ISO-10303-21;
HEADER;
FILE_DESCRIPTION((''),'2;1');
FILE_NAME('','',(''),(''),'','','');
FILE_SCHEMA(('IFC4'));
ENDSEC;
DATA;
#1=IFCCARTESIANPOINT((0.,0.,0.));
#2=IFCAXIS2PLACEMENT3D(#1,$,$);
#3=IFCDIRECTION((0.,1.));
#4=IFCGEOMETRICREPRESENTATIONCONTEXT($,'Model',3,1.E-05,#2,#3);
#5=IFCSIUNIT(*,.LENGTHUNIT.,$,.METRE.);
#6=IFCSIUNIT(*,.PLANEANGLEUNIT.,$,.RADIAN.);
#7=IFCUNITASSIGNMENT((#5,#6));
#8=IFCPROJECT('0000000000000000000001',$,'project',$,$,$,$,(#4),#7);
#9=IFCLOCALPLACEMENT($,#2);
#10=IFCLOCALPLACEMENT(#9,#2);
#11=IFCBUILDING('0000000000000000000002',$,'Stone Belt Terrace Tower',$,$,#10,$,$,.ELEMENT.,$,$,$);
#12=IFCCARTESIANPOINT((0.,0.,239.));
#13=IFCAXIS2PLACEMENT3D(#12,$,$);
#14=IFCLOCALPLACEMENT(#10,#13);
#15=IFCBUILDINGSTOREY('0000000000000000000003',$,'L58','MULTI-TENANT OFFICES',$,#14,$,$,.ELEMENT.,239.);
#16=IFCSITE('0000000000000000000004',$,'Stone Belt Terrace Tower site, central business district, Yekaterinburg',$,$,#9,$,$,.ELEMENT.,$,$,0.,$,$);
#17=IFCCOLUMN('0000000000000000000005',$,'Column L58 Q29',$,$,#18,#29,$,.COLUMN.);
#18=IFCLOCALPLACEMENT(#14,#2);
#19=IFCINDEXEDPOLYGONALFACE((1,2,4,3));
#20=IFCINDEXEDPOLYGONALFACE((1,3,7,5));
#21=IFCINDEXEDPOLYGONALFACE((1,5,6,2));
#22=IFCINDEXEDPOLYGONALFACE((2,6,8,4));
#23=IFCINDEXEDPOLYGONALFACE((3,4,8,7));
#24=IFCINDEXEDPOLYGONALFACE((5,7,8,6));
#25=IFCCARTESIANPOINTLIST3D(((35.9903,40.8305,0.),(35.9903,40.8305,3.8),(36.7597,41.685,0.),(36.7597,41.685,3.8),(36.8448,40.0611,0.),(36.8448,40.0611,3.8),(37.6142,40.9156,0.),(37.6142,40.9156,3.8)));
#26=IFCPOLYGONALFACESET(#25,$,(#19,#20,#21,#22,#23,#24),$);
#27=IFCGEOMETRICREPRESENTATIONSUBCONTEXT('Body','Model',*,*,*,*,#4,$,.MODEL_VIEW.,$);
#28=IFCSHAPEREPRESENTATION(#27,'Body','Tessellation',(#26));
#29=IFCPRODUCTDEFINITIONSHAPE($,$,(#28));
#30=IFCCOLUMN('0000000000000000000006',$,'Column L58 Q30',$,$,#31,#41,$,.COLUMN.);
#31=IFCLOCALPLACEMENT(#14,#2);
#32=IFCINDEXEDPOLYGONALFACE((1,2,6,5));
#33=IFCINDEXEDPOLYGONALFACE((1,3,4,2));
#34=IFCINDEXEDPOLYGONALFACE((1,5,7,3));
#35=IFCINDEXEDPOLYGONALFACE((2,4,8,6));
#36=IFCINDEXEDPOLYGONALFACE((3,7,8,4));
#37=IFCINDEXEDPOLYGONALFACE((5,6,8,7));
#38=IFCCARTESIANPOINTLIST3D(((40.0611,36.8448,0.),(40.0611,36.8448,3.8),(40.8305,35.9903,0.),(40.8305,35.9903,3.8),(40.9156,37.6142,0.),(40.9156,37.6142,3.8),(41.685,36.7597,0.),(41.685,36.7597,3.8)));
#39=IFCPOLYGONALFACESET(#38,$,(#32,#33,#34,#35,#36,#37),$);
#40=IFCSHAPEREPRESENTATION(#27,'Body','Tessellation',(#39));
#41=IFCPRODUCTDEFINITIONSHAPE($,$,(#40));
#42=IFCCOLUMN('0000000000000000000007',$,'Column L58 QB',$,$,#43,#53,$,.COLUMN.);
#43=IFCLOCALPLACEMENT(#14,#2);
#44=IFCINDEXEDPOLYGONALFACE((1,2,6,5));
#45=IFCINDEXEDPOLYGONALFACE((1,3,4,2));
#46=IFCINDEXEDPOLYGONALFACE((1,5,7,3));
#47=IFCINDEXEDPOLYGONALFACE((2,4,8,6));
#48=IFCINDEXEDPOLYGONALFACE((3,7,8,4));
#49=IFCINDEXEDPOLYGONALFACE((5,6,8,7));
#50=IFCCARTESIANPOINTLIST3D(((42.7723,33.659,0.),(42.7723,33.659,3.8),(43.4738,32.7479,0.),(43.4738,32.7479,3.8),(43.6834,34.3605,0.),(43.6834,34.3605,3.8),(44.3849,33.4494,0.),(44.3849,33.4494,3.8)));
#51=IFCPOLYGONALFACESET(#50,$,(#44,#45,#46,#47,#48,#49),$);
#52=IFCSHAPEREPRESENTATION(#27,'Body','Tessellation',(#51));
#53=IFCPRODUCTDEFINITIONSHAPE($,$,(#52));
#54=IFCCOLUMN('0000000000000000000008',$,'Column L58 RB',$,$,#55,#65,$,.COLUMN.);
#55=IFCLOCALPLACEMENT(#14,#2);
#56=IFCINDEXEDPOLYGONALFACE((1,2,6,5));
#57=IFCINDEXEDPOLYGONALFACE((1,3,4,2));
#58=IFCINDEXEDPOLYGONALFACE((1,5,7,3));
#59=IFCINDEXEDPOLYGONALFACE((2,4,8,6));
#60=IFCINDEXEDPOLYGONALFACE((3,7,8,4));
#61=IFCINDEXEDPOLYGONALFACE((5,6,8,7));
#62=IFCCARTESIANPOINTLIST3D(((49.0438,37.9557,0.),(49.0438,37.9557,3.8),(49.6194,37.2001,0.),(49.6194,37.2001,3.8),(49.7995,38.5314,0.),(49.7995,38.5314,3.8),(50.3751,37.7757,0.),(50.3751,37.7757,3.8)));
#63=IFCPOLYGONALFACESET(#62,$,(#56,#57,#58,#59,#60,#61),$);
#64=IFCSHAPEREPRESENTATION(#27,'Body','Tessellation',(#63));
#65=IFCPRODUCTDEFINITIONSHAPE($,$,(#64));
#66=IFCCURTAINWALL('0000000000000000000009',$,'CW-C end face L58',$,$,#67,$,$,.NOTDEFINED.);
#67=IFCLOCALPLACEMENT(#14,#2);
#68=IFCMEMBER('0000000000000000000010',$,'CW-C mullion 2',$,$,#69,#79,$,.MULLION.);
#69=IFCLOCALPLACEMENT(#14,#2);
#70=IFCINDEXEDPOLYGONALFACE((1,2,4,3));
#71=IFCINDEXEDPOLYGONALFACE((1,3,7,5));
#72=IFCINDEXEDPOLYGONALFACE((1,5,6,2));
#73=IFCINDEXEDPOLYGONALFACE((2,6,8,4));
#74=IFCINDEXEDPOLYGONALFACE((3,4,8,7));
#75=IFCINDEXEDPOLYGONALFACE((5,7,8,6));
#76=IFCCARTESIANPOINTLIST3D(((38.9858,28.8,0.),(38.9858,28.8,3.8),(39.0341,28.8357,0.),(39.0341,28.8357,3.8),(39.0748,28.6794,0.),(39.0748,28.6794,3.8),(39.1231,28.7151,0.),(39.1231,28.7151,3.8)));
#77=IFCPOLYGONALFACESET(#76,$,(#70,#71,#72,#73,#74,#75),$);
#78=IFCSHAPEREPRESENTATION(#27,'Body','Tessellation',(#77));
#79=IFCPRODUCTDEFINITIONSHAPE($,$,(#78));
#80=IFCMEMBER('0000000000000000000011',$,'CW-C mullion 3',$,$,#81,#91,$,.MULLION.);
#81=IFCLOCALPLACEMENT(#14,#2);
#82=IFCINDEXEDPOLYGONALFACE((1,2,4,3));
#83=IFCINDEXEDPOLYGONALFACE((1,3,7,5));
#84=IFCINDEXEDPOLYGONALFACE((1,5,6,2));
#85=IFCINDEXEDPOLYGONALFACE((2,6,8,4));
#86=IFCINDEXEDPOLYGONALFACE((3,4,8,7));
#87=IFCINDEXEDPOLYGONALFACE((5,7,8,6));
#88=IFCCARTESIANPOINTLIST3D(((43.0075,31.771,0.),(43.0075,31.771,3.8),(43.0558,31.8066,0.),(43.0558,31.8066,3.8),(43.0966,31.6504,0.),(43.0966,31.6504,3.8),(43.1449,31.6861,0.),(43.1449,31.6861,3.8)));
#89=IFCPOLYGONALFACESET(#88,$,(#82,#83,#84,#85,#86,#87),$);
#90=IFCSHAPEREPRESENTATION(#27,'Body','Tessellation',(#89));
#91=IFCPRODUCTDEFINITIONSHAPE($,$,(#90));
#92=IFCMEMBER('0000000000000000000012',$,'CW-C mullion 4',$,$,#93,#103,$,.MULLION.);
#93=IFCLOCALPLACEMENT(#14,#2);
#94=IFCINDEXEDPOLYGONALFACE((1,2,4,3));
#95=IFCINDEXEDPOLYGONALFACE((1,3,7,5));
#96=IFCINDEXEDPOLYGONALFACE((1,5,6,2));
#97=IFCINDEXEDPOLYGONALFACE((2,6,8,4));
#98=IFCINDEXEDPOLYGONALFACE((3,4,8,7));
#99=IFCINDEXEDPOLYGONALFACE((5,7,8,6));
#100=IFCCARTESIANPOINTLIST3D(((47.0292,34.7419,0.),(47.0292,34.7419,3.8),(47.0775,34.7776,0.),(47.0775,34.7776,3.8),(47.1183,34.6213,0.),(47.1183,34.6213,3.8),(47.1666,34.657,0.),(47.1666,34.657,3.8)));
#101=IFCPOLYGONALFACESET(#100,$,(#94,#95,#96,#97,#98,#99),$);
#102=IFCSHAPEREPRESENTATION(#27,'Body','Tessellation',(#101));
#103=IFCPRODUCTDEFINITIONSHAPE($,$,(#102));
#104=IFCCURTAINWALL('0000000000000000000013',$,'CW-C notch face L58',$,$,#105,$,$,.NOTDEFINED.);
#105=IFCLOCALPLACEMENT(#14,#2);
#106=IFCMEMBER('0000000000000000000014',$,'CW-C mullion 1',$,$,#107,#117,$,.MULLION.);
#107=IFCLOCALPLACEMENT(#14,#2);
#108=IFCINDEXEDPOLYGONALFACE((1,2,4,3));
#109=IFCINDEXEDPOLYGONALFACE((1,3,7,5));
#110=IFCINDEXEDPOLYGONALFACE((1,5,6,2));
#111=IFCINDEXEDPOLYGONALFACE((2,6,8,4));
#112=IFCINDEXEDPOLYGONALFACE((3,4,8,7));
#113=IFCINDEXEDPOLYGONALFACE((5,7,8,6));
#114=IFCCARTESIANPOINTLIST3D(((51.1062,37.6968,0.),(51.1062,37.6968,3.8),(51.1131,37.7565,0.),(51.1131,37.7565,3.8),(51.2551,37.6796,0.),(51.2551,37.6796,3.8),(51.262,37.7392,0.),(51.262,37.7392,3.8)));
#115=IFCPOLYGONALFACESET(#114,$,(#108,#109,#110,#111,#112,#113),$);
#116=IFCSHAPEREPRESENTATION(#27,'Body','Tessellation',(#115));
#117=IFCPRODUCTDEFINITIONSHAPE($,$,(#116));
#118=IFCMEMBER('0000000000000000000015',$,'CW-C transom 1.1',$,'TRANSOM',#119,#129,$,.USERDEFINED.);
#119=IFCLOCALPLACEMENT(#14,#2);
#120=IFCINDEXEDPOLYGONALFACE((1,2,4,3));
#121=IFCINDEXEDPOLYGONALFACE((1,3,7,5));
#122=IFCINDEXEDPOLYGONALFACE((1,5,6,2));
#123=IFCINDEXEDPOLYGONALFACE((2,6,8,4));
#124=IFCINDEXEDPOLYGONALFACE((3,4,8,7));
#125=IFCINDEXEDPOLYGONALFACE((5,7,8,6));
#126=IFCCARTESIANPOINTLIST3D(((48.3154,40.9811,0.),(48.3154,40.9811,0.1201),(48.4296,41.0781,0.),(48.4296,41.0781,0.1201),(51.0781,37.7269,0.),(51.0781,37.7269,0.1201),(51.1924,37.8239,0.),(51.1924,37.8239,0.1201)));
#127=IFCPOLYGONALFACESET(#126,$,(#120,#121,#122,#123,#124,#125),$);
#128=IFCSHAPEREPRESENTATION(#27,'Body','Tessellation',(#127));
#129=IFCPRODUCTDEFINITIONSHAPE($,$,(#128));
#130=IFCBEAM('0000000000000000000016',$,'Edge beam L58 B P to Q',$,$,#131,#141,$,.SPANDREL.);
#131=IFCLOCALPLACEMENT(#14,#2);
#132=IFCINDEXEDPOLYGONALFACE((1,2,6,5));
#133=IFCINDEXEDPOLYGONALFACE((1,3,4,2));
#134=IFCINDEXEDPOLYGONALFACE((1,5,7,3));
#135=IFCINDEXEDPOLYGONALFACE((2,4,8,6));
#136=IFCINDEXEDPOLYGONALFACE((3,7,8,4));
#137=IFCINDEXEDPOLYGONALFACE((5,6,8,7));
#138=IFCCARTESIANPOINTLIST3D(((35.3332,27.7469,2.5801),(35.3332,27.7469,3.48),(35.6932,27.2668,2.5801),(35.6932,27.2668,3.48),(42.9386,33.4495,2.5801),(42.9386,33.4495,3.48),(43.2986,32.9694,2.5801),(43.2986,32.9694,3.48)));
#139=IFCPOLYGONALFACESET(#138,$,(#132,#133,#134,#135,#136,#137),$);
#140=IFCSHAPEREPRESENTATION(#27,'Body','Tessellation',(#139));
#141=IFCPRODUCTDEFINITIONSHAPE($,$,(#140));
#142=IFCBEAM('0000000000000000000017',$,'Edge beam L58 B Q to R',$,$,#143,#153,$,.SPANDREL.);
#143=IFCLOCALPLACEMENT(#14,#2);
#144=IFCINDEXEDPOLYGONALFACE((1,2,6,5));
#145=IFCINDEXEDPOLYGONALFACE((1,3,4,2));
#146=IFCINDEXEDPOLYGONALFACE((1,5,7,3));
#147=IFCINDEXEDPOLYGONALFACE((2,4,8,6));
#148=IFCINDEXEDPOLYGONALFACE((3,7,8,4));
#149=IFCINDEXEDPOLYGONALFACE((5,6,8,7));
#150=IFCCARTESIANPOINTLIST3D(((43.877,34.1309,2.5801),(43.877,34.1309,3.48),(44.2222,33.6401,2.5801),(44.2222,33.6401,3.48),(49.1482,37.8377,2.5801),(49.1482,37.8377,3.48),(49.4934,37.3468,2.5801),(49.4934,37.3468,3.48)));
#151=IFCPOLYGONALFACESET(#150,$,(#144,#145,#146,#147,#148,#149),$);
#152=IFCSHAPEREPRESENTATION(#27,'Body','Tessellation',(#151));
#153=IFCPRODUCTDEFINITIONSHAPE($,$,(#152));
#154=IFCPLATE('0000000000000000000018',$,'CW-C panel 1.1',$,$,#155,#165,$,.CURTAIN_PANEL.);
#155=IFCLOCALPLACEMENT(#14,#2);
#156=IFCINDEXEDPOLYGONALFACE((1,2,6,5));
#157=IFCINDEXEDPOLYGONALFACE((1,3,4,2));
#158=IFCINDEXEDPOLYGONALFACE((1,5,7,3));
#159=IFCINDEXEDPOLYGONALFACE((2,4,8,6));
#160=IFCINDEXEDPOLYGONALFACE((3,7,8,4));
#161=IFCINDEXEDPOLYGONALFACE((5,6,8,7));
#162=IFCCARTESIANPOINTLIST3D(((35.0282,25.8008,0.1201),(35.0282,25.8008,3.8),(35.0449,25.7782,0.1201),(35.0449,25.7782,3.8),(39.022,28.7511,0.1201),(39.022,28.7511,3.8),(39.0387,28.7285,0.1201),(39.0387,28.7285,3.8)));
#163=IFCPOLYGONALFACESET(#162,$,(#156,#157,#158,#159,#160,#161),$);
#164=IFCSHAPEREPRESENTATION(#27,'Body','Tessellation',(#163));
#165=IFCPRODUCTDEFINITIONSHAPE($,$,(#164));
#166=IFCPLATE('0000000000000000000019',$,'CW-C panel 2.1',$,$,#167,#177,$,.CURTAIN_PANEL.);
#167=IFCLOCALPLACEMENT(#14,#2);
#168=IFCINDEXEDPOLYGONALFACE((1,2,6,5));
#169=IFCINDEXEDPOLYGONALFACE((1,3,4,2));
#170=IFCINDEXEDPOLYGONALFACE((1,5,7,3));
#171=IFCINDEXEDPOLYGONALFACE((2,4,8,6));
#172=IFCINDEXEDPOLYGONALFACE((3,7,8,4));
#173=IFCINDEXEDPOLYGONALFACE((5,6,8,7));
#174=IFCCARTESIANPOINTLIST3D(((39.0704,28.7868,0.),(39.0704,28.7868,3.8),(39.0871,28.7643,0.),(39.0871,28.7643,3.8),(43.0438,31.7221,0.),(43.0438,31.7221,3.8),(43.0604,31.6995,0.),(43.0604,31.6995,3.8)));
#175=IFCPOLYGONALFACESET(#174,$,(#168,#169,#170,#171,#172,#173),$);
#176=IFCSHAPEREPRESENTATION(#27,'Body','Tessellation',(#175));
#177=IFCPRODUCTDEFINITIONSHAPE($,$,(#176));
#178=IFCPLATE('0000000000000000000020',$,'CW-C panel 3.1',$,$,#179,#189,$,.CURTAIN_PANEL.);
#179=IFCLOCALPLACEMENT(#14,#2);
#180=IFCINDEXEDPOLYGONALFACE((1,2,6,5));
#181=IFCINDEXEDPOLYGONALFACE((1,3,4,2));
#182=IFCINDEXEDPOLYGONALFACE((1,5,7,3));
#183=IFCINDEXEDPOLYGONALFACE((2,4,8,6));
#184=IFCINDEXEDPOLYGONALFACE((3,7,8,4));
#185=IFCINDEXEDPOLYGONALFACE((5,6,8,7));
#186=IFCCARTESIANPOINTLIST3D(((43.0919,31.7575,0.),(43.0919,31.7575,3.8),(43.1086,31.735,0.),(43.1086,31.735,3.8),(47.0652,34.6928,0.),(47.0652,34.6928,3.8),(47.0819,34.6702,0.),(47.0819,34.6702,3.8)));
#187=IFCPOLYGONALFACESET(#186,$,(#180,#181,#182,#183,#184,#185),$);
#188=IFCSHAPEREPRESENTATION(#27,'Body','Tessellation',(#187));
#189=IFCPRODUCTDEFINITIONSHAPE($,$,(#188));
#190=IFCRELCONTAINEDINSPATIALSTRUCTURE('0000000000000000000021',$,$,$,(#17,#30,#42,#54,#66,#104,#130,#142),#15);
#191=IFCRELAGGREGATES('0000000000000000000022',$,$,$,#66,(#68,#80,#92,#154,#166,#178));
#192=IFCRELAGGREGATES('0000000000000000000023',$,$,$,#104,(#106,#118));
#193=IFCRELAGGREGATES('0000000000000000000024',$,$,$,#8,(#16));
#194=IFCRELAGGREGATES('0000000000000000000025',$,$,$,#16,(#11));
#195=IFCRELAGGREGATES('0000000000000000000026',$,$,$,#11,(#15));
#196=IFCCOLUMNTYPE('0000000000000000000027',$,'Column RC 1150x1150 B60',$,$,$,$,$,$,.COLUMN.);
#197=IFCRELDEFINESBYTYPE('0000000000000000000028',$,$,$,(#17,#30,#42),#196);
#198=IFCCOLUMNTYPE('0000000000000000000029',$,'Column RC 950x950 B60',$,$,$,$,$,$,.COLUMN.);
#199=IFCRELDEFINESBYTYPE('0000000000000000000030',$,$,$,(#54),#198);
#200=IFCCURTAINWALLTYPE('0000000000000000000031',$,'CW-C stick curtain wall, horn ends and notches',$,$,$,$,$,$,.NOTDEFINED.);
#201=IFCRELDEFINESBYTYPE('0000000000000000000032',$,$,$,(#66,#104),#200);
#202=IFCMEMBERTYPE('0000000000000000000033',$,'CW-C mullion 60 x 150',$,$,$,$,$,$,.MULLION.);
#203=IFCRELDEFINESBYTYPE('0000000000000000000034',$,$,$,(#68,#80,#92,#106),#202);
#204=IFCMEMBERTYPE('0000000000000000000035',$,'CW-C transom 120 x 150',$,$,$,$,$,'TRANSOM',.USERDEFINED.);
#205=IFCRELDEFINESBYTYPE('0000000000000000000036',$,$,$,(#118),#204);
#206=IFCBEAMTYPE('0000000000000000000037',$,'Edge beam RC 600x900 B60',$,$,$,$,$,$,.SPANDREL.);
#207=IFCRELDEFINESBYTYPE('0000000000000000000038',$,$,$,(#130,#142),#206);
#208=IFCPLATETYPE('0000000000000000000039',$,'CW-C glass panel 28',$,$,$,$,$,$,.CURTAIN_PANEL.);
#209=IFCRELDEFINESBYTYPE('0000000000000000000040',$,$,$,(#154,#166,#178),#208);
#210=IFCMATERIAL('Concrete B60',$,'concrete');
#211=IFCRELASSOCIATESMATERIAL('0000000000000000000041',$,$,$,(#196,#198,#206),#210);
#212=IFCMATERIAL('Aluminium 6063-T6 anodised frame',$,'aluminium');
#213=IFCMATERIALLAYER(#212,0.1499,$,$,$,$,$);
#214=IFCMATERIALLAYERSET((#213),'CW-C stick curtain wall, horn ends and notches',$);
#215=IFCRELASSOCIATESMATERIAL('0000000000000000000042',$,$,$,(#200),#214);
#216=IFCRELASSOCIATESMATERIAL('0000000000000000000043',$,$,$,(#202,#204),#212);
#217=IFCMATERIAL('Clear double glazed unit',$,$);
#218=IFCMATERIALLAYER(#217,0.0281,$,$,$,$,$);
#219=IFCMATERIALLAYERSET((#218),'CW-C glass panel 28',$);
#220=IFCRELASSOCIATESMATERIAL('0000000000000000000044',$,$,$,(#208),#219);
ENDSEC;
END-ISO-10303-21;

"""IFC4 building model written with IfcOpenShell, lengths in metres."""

from ifc_helpers import new_model, si_unit, direction, frame, origin, origin_2d, place, context, subcontext, project, spatial, rectangle, extrude, material, layer, layer_set, material_profile, profile_set, type_object, element, aggregate, save


model = new_model("IFC4")

# Units and contexts
model_context = context("Model", 3, precision=1e-05, world=origin(), true_north=direction((0.0, 1.0)))
body_context = subcontext(model_context, "Body", "Model", "MODEL_VIEW")
ifc_project = project(units=[si_unit("LENGTHUNIT", "METRE"), si_unit("PLANEANGLEUNIT", "RADIAN")], contexts=[model_context])

# Site, building, storey
site_placement = place(None, origin())
site = spatial("IfcSite", under=ifc_project, at=site_placement, Name="Stone Belt Terrace Tower site, central business district, Yekaterinburg", CompositionType="ELEMENT", RefElevation=0.0)
building_placement = place(site_placement, origin())
building = spatial("IfcBuilding", under=site, at=building_placement, Name="Stone Belt Terrace Tower", CompositionType="ELEMENT")
storey_placement = place(building_placement, frame((0.0, 0.0, 239.0)))
storey = spatial("IfcBuildingStorey", under=building, at=storey_placement, Name="L58", Description="MULTI-TENANT OFFICES", CompositionType="ELEMENT", Elevation=239.0)

# Columns
ifc_material_1 = material(Name="Concrete B60", Category="concrete")
ifc_material_profile_1 = material_profile(ifc_material_1, rectangle(XDim=1.1499, YDim=1.1499, at=origin_2d()), Name="RC 1150x1150")
ifc_profile_set_1 = profile_set([ifc_material_profile_1], Name="Concrete B60")
column_type_1 = type_object("IfcColumnType", Name="Column RC 1150x1150 B60", PredefinedType="COLUMN", material=ifc_profile_set_1)
for number, where, z_axis, x_axis, name in (
    (1, (36.8022, 40.873, 0.0), (0.0, 0.0, 1.0), (0.743145, -0.669131, 0.0), "Column L58 Q29"),
    (2, (40.873, 36.8022, 0.0), (0.0, 0.0, 1.0), (0.669131, -0.743145, 0.0), "Column L58 Q30"),
    (3, (43.5786, 33.5542, 0.0), (0.0, 0.0, 1.0), (0.610079, -0.792341, 0.0), "Column L58 QB"),
):
    element("IfcColumn", number, at=place(storey_placement, frame(where, z_axis=z_axis, x_axis=x_axis)), inside=storey, type_object=column_type_1, Name=name, PredefinedType="COLUMN", context=body_context, shape_type="SweptSolid", body=[
        extrude(rectangle(XDim=1.1499, YDim=1.1499, at=origin_2d()), origin(), (0.0, 0.0, 1.0), 3.8),
    ])
ifc_material_profile_2 = material_profile(ifc_material_1, rectangle(XDim=0.95, YDim=0.95, at=origin_2d()), Name="RC 950x950")
ifc_profile_set_2 = profile_set([ifc_material_profile_2], Name="Concrete B60")
column_type_2 = type_object("IfcColumnType", Name="Column RC 950x950 B60", PredefinedType="COLUMN", material=ifc_profile_set_2)
column_placement = place(storey_placement, frame((49.7095, 37.8657, 0.0), z_axis=(0.0, 0.0, 1.0), x_axis=(0.605961, -0.795495, 0.0)))
element("IfcColumn", 4, at=column_placement, inside=storey, type_object=column_type_2, Name="Column L58 RB", PredefinedType="COLUMN", context=body_context, shape_type="SweptSolid", body=[
    extrude(rectangle(XDim=0.95, YDim=0.95, at=origin_2d()), origin(), (0.0, 0.0, 1.0), 3.8),
])

# Curtain walls, members
ifc_material_2 = material(Name="Aluminium 6063-T6 anodised frame", Category="aluminium")
ifc_layer_1 = layer(ifc_material_2, 0.1499)
ifc_layer_set_1 = layer_set([ifc_layer_1], Name="CW-C stick curtain wall, horn ends and notches")
curtain_wall_type = type_object("IfcCurtainWallType", Name="CW-C stick curtain wall, horn ends and notches", PredefinedType="NOTDEFINED", material=ifc_layer_set_1)
curtain_wall_1_placement = place(storey_placement, origin())
curtain_wall_1 = element("IfcCurtainWall", 5, at=curtain_wall_1_placement, inside=storey, type_object=curtain_wall_type, Name="CW-C end face L58", PredefinedType="NOTDEFINED")
ifc_material_profile_3 = material_profile(ifc_material_2, rectangle(XDim=0.1499, YDim=0.0601, at=origin_2d()), Name="Aluminium 6063-T6 60x150")
ifc_profile_set_3 = profile_set([ifc_material_profile_3], Name="Aluminium 6063-T6 anodised frame")
member_type_1 = type_object("IfcMemberType", Name="CW-C mullion 60 x 150", PredefinedType="MULLION", material=ifc_profile_set_3)
member_1_placement = place(storey_placement, frame((39.0544, 28.7576, 0.0), z_axis=(0.0, 0.0, 1.0), x_axis=(-0.594184, 0.804329, 0.0)))
member_1 = element("IfcMember", 6, at=member_1_placement, type_object=member_type_1, Name="CW-C mullion 2", PredefinedType="MULLION", context=body_context, shape_type="SweptSolid", body=[
    extrude(rectangle(XDim=0.1499, YDim=0.0601, at=origin_2d()), origin(), (0.0, 0.0, 1.0), 3.8),
])
member_2_placement = place(storey_placement, frame((43.0762, 31.7285, 0.0), z_axis=(0.0, 0.0, 1.0), x_axis=(-0.594184, 0.804329, 0.0)))
member_2 = element("IfcMember", 7, at=member_2_placement, type_object=member_type_1, Name="CW-C mullion 3", PredefinedType="MULLION", context=body_context, shape_type="SweptSolid", body=[
    extrude(rectangle(XDim=0.1499, YDim=0.0601, at=origin_2d()), origin(), (0.0, 0.0, 1.0), 3.8),
])
member_3_placement = place(storey_placement, frame((47.0979, 34.6995, 0.0), z_axis=(0.0, 0.0, 1.0), x_axis=(-0.594184, 0.804329, 0.0)))
member_3 = element("IfcMember", 8, at=member_3_placement, type_object=member_type_1, Name="CW-C mullion 4", PredefinedType="MULLION", context=body_context, shape_type="SweptSolid", body=[
    extrude(rectangle(XDim=0.1499, YDim=0.0601, at=origin_2d()), origin(), (0.0, 0.0, 1.0), 3.8),
])
curtain_wall_2_placement = place(storey_placement, origin())
curtain_wall_2 = element("IfcCurtainWall", 9, at=curtain_wall_2_placement, inside=storey, type_object=curtain_wall_type, Name="CW-C notch face L58", PredefinedType="NOTDEFINED")
member_4_placement = place(storey_placement, frame((51.1841, 37.718, 0.0), z_axis=(0.0, 0.0, 1.0), x_axis=(-0.993359, 0.115057, 0.0)))
member_4 = element("IfcMember", 10, at=member_4_placement, type_object=member_type_1, Name="CW-C mullion 1", PredefinedType="MULLION", context=body_context, shape_type="SweptSolid", body=[
    extrude(rectangle(XDim=0.1499, YDim=0.0601, at=origin_2d()), origin(), (0.0, 0.0, 1.0), 3.8),
])
ifc_material_profile_4 = material_profile(ifc_material_2, rectangle(XDim=0.1499, YDim=0.1201, at=origin_2d()), Name="Aluminium 6063-T6 150x120")
ifc_profile_set_4 = profile_set([ifc_material_profile_4], Name="Aluminium 6063-T6 anodised frame")
member_type_2 = type_object("IfcMemberType", Name="CW-C transom 120 x 150", ElementType="TRANSOM", PredefinedType="USERDEFINED", material=ifc_profile_set_4)
member_5_placement = place(storey_placement, frame((51.1353, 37.7754, 0.0601), z_axis=(-0.647195, 0.762324, 0.0), x_axis=(-0.762324, -0.647195, 0.0)))
member_5 = element("IfcMember", 11, at=member_5_placement, type_object=member_type_2, Name="CW-C transom 1.1", ObjectType="TRANSOM", PredefinedType="USERDEFINED", context=body_context, shape_type="SweptSolid", body=[
    extrude(rectangle(XDim=0.1499, YDim=0.1201, at=origin_2d()), origin(), (0.0, 0.0, 1.0), 4.2688),
])

# Beams
ifc_material_profile_5 = material_profile(ifc_material_1, rectangle(XDim=0.6001, YDim=0.8999, at=origin_2d()), Name="RC 600x900")
ifc_profile_set_5 = profile_set([ifc_material_profile_5], Name="Concrete B60")
beam_type = type_object("IfcBeamType", Name="Edge beam RC 600x900 B60", PredefinedType="SPANDREL", material=ifc_profile_set_5)
beam_1_placement = place(storey_placement, frame((35.5132, 27.5068, 3.03), z_axis=(0.800074, 0.599901, 0.0), x_axis=(-0.599901, 0.800074, 0.0)))
element("IfcBeam", 12, at=beam_1_placement, inside=storey, type_object=beam_type, Name="Edge beam L58 B P to Q", PredefinedType="SPANDREL", context=body_context, shape_type="SweptSolid", body=[
    extrude(rectangle(XDim=0.6001, YDim=0.8999, at=origin_2d()), origin(), (0.0, 0.0, 1.0), 9.5059),
])
beam_2_placement = place(storey_placement, frame((44.0496, 33.8855, 3.03), z_axis=(0.817997, 0.575223, 0.0), x_axis=(-0.575223, 0.817997, 0.0)))
element("IfcBeam", 13, at=beam_2_placement, inside=storey, type_object=beam_type, Name="Edge beam L58 B Q to R", PredefinedType="SPANDREL", context=body_context, shape_type="SweptSolid", body=[
    extrude(rectangle(XDim=0.6001, YDim=0.8999, at=origin_2d()), origin(), (0.0, 0.0, 1.0), 6.4441),
])

# Plates
ifc_material_3 = material(Name="Clear double glazed unit")
ifc_layer_2 = layer(ifc_material_3, 0.0281)
ifc_layer_set_2 = layer_set([ifc_layer_2], Name="CW-C glass panel 28")
plate_type = type_object("IfcPlateType", Name="CW-C glass panel 28", PredefinedType="CURTAIN_PANEL", material=ifc_layer_set_2)
plate_1_placement = place(storey_placement, frame((37.0334, 27.2646, 0.1201), z_axis=(0.0, 0.0, 1.0), x_axis=(0.804329, 0.594184, 0.0)))
plate_1 = element("IfcPlate", 14, at=plate_1_placement, type_object=plate_type, Name="CW-C panel 1.1", PredefinedType="CURTAIN_PANEL", context=body_context, shape_type="SweptSolid", body=[
    extrude(rectangle(XDim=4.9653, YDim=0.0281, at=origin_2d()), origin(), (0.0, 0.0, 1.0), 3.6799),
])
plate_2_placement = place(storey_placement, frame((41.0654, 30.2432, 0.0), z_axis=(0.0, 0.0, 1.0), x_axis=(0.804329, 0.594184, 0.0)))
plate_2 = element("IfcPlate", 15, at=plate_2_placement, type_object=plate_type, Name="CW-C panel 2.1", PredefinedType="CURTAIN_PANEL", context=body_context, shape_type="SweptSolid", body=[
    extrude(rectangle(XDim=4.9399, YDim=0.0281, at=origin_2d()), origin(), (0.0, 0.0, 1.0), 3.8),
])
plate_3_placement = place(storey_placement, frame((45.0869, 33.2139, 0.0), z_axis=(0.0, 0.0, 1.0), x_axis=(0.804329, 0.594184, 0.0)))
plate_3 = element("IfcPlate", 16, at=plate_3_placement, type_object=plate_type, Name="CW-C panel 3.1", PredefinedType="CURTAIN_PANEL", context=body_context, shape_type="SweptSolid", body=[
    extrude(rectangle(XDim=4.9399, YDim=0.0281, at=origin_2d()), origin(), (0.0, 0.0, 1.0), 3.8),
])
aggregate(curtain_wall_1, [member_1, member_2, member_3, plate_1, plate_2, plate_3])
aggregate(curtain_wall_2, [member_4, member_5])

save(model, "model.ifc")
